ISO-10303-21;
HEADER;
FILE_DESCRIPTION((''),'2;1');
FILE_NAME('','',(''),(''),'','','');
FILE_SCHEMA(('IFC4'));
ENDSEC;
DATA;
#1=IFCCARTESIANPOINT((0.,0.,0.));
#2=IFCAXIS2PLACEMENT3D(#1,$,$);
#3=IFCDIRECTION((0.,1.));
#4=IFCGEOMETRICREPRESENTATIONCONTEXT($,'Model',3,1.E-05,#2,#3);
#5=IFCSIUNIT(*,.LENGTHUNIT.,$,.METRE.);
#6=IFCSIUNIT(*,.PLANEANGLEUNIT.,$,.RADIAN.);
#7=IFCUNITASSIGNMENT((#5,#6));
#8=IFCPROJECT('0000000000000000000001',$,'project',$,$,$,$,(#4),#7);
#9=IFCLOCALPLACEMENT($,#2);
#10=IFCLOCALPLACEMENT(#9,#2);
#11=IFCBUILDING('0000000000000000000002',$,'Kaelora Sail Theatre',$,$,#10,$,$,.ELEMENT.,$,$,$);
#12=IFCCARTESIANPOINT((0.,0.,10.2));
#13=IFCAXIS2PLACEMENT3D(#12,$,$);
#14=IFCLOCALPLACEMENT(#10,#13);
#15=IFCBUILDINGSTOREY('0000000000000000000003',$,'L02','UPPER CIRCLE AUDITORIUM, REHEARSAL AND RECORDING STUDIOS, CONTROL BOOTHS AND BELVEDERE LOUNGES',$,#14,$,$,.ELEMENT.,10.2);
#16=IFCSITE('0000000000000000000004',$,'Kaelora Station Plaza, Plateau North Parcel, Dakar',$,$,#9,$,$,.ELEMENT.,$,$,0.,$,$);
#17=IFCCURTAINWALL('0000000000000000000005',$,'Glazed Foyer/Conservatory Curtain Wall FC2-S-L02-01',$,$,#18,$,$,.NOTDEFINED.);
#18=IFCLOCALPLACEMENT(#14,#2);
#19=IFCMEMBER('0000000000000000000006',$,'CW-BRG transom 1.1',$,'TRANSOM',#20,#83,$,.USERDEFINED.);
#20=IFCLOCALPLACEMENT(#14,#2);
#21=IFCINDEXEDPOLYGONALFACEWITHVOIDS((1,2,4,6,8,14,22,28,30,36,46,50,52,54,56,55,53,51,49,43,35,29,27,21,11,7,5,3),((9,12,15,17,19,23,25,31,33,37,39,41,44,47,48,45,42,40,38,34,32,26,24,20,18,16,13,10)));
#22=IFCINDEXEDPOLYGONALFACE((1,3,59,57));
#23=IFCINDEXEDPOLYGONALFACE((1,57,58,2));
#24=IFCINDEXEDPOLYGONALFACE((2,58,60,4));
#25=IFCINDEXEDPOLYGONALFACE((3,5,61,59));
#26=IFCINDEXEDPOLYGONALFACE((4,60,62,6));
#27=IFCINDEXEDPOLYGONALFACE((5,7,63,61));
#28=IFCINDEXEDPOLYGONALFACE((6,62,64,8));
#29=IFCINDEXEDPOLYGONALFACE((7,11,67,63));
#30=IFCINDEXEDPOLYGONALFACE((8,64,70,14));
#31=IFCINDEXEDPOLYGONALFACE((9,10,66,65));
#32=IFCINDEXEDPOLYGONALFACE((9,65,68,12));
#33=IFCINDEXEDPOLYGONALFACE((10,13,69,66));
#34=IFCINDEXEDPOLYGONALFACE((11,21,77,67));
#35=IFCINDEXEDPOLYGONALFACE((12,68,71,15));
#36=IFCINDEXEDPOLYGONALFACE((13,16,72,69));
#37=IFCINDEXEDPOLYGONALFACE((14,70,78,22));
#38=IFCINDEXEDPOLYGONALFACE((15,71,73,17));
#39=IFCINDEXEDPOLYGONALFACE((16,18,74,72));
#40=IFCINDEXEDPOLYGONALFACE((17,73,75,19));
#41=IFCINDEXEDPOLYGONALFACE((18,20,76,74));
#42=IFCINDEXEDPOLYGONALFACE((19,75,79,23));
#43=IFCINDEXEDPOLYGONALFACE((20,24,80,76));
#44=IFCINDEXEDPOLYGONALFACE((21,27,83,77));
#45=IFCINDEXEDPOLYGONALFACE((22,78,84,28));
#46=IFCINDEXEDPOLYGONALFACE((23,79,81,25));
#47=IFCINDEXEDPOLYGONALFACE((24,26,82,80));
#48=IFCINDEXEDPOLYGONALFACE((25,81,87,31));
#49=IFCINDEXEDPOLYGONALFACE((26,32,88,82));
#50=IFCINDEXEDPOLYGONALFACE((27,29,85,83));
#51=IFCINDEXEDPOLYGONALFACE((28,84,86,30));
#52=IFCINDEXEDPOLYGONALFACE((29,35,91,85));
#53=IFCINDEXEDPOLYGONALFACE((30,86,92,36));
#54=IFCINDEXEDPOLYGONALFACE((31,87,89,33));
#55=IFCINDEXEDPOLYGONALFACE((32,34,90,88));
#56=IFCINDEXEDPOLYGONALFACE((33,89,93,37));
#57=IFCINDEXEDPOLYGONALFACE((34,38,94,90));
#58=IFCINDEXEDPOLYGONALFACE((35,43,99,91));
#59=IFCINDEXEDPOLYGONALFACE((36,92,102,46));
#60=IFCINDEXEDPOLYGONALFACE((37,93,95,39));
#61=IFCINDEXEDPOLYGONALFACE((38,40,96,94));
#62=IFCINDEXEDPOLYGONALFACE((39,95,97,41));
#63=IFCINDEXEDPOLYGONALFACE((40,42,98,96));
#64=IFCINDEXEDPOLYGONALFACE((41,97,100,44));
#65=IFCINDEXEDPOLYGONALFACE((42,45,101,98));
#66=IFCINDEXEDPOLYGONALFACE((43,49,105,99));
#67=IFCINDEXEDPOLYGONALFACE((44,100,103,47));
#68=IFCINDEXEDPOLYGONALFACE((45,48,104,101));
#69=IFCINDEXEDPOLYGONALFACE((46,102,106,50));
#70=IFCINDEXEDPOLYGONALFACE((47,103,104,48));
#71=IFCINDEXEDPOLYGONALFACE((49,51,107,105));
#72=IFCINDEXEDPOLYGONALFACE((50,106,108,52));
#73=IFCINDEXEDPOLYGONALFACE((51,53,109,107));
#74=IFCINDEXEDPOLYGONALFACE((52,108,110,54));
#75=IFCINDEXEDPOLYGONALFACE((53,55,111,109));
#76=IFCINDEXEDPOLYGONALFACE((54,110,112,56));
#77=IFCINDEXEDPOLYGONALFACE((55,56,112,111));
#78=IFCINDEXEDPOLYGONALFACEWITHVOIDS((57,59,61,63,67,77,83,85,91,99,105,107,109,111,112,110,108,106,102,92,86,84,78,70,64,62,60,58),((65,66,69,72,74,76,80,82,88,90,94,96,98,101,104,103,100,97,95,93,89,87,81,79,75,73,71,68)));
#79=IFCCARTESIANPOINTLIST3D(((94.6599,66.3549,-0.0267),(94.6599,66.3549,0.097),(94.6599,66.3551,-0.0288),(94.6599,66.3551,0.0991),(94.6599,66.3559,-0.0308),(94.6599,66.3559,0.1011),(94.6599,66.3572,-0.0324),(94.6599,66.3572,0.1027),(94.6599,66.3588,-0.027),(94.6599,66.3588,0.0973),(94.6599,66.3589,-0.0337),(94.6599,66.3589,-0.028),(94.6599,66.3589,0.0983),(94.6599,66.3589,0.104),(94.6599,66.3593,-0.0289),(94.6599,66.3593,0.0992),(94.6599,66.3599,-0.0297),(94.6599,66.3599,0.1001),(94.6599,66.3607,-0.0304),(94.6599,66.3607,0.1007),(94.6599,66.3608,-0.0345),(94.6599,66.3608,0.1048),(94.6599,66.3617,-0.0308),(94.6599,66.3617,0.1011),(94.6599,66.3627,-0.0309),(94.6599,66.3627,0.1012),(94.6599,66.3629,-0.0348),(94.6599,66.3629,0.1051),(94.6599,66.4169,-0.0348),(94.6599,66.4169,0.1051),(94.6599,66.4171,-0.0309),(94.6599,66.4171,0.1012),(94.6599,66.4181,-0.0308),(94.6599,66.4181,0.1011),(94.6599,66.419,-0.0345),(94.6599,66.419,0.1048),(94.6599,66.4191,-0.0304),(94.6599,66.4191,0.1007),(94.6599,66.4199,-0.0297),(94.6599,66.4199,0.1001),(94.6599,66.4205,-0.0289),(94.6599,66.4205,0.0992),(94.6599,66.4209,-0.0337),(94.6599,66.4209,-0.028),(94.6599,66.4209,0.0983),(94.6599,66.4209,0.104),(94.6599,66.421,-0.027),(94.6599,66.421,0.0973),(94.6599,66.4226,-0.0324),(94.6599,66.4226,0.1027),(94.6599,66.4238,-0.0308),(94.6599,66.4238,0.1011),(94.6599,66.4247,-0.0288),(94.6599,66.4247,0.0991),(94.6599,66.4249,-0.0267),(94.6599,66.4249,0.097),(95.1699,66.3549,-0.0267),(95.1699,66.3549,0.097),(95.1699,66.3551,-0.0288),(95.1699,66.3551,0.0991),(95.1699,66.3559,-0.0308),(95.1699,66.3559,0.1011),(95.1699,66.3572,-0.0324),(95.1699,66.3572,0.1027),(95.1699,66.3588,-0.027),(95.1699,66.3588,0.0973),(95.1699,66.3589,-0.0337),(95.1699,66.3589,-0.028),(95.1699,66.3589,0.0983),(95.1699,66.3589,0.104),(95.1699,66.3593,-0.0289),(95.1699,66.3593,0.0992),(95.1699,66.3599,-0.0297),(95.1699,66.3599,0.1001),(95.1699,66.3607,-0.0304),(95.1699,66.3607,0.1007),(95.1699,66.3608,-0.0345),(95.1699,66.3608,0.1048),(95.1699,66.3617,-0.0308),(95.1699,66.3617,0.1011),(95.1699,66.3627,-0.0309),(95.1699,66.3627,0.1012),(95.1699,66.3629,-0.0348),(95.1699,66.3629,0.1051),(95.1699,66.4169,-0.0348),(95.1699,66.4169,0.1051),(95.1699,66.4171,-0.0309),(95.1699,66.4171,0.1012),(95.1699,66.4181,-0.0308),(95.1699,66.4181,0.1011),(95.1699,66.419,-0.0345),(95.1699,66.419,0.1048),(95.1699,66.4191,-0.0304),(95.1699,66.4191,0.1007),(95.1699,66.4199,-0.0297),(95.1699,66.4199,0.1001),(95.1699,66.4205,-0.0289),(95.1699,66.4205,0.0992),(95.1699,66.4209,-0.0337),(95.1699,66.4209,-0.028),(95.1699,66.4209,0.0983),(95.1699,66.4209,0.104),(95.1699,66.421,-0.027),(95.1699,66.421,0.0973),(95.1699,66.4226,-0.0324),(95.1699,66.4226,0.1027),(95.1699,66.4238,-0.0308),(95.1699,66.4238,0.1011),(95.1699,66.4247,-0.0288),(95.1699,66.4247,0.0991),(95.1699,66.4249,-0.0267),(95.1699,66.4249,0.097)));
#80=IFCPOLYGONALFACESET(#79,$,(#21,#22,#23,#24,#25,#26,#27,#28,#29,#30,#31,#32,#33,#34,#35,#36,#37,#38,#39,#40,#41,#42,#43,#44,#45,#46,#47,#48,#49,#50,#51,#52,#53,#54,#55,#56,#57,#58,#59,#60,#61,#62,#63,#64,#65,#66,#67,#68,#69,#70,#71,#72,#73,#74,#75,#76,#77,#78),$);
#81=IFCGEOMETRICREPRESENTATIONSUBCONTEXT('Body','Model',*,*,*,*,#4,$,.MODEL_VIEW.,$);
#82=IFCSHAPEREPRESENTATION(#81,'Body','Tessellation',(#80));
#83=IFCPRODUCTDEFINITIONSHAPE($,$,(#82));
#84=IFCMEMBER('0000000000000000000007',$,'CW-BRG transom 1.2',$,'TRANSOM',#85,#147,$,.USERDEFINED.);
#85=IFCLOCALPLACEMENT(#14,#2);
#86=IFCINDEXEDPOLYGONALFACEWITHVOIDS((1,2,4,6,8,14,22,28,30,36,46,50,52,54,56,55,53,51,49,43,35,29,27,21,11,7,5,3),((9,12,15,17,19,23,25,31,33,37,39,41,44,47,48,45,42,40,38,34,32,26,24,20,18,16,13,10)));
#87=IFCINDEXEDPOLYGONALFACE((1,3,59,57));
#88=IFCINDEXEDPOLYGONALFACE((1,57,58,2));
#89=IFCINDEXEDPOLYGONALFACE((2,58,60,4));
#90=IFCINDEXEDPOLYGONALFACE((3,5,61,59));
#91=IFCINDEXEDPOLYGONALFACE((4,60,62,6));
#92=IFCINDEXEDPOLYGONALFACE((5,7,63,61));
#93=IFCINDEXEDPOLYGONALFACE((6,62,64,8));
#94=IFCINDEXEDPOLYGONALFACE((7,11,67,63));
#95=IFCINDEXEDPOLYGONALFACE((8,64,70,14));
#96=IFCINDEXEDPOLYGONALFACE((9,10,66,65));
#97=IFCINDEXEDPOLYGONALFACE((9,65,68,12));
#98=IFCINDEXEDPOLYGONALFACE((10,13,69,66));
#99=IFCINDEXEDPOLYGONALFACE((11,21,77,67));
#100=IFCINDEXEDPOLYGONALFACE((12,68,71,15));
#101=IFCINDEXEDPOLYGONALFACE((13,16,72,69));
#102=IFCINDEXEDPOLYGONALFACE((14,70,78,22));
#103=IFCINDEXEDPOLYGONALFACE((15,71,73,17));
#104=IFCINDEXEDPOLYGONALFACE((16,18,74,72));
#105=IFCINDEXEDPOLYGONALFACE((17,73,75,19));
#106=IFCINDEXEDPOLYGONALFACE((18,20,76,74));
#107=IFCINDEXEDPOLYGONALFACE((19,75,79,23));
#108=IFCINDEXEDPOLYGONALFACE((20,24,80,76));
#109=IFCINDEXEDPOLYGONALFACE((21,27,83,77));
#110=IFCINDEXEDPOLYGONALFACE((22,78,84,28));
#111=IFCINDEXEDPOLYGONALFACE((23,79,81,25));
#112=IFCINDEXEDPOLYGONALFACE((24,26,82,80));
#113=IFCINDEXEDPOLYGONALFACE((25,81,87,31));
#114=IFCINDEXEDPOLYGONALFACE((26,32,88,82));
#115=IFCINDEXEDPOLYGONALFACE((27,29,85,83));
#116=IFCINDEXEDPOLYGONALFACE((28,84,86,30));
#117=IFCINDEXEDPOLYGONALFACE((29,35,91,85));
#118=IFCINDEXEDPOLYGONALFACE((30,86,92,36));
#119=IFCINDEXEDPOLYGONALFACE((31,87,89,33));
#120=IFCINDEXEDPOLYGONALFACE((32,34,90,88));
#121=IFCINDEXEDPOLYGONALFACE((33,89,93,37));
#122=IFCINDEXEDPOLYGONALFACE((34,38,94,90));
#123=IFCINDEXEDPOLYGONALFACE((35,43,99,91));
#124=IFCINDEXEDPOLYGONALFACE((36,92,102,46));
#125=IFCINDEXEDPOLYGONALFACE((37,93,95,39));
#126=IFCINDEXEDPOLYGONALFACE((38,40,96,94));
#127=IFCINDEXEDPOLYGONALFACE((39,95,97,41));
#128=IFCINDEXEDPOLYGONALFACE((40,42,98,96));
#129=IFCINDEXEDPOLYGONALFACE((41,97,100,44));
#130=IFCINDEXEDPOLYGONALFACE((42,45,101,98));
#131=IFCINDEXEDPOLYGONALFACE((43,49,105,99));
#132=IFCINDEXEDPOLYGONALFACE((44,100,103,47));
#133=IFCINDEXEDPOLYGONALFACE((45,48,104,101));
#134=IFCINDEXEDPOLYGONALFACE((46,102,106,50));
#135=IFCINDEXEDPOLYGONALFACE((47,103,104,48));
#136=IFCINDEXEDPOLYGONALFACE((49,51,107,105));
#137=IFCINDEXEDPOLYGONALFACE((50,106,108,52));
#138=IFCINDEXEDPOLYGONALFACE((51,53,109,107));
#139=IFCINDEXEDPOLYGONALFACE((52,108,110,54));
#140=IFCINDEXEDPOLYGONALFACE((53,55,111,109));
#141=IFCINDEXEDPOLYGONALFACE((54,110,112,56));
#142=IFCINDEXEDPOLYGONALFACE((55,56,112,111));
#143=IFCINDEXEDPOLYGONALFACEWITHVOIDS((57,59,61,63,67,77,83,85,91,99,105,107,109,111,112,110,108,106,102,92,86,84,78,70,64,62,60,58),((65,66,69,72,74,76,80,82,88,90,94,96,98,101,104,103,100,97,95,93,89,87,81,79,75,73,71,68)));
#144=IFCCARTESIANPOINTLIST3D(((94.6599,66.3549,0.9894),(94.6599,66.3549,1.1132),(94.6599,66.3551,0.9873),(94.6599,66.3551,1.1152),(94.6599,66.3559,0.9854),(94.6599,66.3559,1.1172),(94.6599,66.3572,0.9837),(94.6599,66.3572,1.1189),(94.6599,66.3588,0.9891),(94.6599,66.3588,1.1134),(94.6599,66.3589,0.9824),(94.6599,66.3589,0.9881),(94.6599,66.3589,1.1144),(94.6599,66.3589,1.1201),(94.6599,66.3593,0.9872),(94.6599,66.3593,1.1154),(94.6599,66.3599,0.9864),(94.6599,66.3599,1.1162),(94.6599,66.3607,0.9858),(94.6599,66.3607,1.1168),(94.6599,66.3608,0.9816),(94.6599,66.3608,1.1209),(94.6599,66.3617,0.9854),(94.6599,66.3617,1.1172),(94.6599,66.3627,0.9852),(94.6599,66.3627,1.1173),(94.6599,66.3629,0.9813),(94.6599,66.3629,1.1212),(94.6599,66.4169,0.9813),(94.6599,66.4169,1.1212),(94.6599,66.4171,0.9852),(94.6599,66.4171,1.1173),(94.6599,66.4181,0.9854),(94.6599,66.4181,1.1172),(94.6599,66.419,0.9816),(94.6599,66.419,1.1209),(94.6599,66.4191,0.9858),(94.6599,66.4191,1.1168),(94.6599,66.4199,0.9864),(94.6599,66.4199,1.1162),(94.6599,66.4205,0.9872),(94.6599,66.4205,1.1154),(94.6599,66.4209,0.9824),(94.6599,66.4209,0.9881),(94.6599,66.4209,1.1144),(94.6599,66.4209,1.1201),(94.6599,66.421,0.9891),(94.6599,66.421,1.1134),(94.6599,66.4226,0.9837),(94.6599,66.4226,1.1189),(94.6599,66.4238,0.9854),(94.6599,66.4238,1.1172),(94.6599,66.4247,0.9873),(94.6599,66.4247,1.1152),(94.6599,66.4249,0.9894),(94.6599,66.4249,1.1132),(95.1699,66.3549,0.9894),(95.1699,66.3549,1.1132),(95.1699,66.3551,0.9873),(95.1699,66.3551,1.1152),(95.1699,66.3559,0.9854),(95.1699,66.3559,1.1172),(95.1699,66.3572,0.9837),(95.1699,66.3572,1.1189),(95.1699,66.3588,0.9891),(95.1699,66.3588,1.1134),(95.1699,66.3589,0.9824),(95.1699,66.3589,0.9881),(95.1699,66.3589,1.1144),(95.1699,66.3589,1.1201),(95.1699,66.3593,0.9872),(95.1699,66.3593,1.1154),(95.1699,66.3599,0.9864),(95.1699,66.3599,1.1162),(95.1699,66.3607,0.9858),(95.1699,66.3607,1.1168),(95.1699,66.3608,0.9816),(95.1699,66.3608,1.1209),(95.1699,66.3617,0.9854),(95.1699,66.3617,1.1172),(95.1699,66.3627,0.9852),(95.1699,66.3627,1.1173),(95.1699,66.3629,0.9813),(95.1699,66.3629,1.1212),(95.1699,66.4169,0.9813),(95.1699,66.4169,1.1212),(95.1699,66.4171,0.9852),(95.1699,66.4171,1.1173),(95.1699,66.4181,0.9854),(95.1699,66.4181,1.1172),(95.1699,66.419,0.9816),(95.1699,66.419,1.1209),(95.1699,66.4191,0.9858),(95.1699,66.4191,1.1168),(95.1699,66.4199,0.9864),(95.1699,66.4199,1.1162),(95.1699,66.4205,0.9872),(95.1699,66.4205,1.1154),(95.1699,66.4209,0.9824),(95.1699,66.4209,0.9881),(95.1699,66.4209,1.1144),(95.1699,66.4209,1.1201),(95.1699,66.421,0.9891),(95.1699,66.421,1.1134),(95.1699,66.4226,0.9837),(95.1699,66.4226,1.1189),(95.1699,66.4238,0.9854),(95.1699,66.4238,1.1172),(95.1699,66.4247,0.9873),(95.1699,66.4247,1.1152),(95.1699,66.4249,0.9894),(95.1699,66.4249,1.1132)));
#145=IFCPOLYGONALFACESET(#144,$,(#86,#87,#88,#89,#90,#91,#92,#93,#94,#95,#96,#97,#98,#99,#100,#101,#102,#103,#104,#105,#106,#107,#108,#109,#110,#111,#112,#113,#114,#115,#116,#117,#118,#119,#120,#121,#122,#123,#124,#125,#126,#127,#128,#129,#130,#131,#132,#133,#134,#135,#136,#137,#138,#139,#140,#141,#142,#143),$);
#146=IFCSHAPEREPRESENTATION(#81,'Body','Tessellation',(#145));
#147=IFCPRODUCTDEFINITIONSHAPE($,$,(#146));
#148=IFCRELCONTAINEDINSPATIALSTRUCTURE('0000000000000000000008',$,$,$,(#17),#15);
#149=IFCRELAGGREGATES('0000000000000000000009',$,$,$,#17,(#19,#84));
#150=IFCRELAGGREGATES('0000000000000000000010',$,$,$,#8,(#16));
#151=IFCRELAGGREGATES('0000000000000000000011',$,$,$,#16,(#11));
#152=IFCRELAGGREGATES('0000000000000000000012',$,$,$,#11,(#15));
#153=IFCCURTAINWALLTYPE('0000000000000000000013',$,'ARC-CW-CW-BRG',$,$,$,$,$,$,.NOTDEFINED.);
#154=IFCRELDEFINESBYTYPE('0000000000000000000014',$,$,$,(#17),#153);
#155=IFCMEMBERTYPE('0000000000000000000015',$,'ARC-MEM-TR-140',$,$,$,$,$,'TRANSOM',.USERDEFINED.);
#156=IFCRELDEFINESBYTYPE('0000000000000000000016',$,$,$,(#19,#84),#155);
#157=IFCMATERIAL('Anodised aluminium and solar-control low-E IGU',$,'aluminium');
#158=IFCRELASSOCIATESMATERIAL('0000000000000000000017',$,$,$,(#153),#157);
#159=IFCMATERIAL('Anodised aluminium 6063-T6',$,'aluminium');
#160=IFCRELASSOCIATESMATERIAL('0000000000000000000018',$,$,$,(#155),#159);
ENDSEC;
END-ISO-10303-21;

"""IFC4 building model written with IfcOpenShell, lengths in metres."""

from ifc_helpers import new_model, si_unit, direction, frame, origin, origin_2d, place, context, subcontext, project, spatial, hollow_rectangle, extrude, material, material_profile, profile_set, type_object, element, aggregate, save


model = new_model("IFC4")

# Units and contexts
model_context = context("Model", 3, precision=1e-05, world=origin(), true_north=direction((0.0, 1.0)))
body_context = subcontext(model_context, "Body", "Model", "MODEL_VIEW")
ifc_project = project(units=[si_unit("LENGTHUNIT", "METRE"), si_unit("PLANEANGLEUNIT", "RADIAN")], contexts=[model_context])

# Site, building, storey
site_placement = place(None, origin())
site = spatial("IfcSite", under=ifc_project, at=site_placement, Name="Kaelora Station Plaza, Plateau North Parcel, Dakar", CompositionType="ELEMENT", RefElevation=0.0)
building_placement = place(site_placement, origin())
building = spatial("IfcBuilding", under=site, at=building_placement, Name="Kaelora Sail Theatre", CompositionType="ELEMENT")
storey_placement = place(building_placement, frame((0.0, 0.0, 10.2)))
storey = spatial("IfcBuildingStorey", under=building, at=storey_placement, Name="L02", Description="UPPER CIRCLE AUDITORIUM, REHEARSAL AND RECORDING STUDIOS, CONTROL BOOTHS AND BELVEDERE LOUNGES", CompositionType="ELEMENT", Elevation=10.2)

# Shared definitions
ifc_material_1 = material(Name="Anodised aluminium and solar-control low-E IGU", Category="aluminium")
curtain_wall_type = type_object("IfcCurtainWallType", Name="ARC-CW-CW-BRG", PredefinedType="NOTDEFINED", material=ifc_material_1)

# Curtain wall
curtain_wall_1_placement = place(storey_placement, origin())
curtain_wall_1 = element("IfcCurtainWall", 1, at=curtain_wall_1_placement, inside=storey, type_object=curtain_wall_type, Name="Glazed Foyer/Conservatory Curtain Wall FC2-S-L02-01", PredefinedType="NOTDEFINED")

# Members
ifc_material_2 = material(Name="Anodised aluminium 6063-T6", Category="aluminium")
ifc_material_profile_1 = material_profile(ifc_material_2, hollow_rectangle(XDim=0.0701, YDim=0.1399, WallThickness=0.0039, InnerFilletRadius=0.0039, OuterFilletRadius=0.0081, at=origin_2d()), Name="ALU-TRAN 70x140x4")
ifc_profile_set_1 = profile_set([ifc_material_profile_1], Name="Anodised aluminium 6063-T6")
member_type_1 = type_object("IfcMemberType", Name="ARC-MEM-TR-140", ElementType="TRANSOM", PredefinedType="USERDEFINED", material=ifc_profile_set_1)
member_1_placement = place(storey_placement, frame((94.6599, 66.3899, 0.0352), z_axis=(1.0, 0.0, 0.0), x_axis=(0.0, 1.0, 0.0)))
member_1 = element("IfcMember", 2, at=member_1_placement, type_object=member_type_1, Name="CW-BRG transom 1.1", ObjectType="TRANSOM", PredefinedType="USERDEFINED", context=body_context, shape_type="SweptSolid", body=[
    extrude(hollow_rectangle(XDim=0.0701, YDim=0.1399, WallThickness=0.0039, InnerFilletRadius=0.0039, OuterFilletRadius=0.0081, at=origin_2d()), origin(), (0.0, 0.0, 1.0), 0.51),
])
member_2_placement = place(storey_placement, frame((94.6599, 66.3899, 1.0513), z_axis=(1.0, 0.0, 0.0), x_axis=(0.0, 1.0, 0.0)))
member_2 = element("IfcMember", 3, at=member_2_placement, type_object=member_type_1, Name="CW-BRG transom 1.2", ObjectType="TRANSOM", PredefinedType="USERDEFINED", context=body_context, shape_type="SweptSolid", body=[
    extrude(hollow_rectangle(XDim=0.0701, YDim=0.1399, WallThickness=0.0039, InnerFilletRadius=0.0039, OuterFilletRadius=0.0081, at=origin_2d()), origin(), (0.0, 0.0, 1.0), 0.51),
])

aggregate(curtain_wall_1, [member_1, member_2])

save(model, "model.ifc")
